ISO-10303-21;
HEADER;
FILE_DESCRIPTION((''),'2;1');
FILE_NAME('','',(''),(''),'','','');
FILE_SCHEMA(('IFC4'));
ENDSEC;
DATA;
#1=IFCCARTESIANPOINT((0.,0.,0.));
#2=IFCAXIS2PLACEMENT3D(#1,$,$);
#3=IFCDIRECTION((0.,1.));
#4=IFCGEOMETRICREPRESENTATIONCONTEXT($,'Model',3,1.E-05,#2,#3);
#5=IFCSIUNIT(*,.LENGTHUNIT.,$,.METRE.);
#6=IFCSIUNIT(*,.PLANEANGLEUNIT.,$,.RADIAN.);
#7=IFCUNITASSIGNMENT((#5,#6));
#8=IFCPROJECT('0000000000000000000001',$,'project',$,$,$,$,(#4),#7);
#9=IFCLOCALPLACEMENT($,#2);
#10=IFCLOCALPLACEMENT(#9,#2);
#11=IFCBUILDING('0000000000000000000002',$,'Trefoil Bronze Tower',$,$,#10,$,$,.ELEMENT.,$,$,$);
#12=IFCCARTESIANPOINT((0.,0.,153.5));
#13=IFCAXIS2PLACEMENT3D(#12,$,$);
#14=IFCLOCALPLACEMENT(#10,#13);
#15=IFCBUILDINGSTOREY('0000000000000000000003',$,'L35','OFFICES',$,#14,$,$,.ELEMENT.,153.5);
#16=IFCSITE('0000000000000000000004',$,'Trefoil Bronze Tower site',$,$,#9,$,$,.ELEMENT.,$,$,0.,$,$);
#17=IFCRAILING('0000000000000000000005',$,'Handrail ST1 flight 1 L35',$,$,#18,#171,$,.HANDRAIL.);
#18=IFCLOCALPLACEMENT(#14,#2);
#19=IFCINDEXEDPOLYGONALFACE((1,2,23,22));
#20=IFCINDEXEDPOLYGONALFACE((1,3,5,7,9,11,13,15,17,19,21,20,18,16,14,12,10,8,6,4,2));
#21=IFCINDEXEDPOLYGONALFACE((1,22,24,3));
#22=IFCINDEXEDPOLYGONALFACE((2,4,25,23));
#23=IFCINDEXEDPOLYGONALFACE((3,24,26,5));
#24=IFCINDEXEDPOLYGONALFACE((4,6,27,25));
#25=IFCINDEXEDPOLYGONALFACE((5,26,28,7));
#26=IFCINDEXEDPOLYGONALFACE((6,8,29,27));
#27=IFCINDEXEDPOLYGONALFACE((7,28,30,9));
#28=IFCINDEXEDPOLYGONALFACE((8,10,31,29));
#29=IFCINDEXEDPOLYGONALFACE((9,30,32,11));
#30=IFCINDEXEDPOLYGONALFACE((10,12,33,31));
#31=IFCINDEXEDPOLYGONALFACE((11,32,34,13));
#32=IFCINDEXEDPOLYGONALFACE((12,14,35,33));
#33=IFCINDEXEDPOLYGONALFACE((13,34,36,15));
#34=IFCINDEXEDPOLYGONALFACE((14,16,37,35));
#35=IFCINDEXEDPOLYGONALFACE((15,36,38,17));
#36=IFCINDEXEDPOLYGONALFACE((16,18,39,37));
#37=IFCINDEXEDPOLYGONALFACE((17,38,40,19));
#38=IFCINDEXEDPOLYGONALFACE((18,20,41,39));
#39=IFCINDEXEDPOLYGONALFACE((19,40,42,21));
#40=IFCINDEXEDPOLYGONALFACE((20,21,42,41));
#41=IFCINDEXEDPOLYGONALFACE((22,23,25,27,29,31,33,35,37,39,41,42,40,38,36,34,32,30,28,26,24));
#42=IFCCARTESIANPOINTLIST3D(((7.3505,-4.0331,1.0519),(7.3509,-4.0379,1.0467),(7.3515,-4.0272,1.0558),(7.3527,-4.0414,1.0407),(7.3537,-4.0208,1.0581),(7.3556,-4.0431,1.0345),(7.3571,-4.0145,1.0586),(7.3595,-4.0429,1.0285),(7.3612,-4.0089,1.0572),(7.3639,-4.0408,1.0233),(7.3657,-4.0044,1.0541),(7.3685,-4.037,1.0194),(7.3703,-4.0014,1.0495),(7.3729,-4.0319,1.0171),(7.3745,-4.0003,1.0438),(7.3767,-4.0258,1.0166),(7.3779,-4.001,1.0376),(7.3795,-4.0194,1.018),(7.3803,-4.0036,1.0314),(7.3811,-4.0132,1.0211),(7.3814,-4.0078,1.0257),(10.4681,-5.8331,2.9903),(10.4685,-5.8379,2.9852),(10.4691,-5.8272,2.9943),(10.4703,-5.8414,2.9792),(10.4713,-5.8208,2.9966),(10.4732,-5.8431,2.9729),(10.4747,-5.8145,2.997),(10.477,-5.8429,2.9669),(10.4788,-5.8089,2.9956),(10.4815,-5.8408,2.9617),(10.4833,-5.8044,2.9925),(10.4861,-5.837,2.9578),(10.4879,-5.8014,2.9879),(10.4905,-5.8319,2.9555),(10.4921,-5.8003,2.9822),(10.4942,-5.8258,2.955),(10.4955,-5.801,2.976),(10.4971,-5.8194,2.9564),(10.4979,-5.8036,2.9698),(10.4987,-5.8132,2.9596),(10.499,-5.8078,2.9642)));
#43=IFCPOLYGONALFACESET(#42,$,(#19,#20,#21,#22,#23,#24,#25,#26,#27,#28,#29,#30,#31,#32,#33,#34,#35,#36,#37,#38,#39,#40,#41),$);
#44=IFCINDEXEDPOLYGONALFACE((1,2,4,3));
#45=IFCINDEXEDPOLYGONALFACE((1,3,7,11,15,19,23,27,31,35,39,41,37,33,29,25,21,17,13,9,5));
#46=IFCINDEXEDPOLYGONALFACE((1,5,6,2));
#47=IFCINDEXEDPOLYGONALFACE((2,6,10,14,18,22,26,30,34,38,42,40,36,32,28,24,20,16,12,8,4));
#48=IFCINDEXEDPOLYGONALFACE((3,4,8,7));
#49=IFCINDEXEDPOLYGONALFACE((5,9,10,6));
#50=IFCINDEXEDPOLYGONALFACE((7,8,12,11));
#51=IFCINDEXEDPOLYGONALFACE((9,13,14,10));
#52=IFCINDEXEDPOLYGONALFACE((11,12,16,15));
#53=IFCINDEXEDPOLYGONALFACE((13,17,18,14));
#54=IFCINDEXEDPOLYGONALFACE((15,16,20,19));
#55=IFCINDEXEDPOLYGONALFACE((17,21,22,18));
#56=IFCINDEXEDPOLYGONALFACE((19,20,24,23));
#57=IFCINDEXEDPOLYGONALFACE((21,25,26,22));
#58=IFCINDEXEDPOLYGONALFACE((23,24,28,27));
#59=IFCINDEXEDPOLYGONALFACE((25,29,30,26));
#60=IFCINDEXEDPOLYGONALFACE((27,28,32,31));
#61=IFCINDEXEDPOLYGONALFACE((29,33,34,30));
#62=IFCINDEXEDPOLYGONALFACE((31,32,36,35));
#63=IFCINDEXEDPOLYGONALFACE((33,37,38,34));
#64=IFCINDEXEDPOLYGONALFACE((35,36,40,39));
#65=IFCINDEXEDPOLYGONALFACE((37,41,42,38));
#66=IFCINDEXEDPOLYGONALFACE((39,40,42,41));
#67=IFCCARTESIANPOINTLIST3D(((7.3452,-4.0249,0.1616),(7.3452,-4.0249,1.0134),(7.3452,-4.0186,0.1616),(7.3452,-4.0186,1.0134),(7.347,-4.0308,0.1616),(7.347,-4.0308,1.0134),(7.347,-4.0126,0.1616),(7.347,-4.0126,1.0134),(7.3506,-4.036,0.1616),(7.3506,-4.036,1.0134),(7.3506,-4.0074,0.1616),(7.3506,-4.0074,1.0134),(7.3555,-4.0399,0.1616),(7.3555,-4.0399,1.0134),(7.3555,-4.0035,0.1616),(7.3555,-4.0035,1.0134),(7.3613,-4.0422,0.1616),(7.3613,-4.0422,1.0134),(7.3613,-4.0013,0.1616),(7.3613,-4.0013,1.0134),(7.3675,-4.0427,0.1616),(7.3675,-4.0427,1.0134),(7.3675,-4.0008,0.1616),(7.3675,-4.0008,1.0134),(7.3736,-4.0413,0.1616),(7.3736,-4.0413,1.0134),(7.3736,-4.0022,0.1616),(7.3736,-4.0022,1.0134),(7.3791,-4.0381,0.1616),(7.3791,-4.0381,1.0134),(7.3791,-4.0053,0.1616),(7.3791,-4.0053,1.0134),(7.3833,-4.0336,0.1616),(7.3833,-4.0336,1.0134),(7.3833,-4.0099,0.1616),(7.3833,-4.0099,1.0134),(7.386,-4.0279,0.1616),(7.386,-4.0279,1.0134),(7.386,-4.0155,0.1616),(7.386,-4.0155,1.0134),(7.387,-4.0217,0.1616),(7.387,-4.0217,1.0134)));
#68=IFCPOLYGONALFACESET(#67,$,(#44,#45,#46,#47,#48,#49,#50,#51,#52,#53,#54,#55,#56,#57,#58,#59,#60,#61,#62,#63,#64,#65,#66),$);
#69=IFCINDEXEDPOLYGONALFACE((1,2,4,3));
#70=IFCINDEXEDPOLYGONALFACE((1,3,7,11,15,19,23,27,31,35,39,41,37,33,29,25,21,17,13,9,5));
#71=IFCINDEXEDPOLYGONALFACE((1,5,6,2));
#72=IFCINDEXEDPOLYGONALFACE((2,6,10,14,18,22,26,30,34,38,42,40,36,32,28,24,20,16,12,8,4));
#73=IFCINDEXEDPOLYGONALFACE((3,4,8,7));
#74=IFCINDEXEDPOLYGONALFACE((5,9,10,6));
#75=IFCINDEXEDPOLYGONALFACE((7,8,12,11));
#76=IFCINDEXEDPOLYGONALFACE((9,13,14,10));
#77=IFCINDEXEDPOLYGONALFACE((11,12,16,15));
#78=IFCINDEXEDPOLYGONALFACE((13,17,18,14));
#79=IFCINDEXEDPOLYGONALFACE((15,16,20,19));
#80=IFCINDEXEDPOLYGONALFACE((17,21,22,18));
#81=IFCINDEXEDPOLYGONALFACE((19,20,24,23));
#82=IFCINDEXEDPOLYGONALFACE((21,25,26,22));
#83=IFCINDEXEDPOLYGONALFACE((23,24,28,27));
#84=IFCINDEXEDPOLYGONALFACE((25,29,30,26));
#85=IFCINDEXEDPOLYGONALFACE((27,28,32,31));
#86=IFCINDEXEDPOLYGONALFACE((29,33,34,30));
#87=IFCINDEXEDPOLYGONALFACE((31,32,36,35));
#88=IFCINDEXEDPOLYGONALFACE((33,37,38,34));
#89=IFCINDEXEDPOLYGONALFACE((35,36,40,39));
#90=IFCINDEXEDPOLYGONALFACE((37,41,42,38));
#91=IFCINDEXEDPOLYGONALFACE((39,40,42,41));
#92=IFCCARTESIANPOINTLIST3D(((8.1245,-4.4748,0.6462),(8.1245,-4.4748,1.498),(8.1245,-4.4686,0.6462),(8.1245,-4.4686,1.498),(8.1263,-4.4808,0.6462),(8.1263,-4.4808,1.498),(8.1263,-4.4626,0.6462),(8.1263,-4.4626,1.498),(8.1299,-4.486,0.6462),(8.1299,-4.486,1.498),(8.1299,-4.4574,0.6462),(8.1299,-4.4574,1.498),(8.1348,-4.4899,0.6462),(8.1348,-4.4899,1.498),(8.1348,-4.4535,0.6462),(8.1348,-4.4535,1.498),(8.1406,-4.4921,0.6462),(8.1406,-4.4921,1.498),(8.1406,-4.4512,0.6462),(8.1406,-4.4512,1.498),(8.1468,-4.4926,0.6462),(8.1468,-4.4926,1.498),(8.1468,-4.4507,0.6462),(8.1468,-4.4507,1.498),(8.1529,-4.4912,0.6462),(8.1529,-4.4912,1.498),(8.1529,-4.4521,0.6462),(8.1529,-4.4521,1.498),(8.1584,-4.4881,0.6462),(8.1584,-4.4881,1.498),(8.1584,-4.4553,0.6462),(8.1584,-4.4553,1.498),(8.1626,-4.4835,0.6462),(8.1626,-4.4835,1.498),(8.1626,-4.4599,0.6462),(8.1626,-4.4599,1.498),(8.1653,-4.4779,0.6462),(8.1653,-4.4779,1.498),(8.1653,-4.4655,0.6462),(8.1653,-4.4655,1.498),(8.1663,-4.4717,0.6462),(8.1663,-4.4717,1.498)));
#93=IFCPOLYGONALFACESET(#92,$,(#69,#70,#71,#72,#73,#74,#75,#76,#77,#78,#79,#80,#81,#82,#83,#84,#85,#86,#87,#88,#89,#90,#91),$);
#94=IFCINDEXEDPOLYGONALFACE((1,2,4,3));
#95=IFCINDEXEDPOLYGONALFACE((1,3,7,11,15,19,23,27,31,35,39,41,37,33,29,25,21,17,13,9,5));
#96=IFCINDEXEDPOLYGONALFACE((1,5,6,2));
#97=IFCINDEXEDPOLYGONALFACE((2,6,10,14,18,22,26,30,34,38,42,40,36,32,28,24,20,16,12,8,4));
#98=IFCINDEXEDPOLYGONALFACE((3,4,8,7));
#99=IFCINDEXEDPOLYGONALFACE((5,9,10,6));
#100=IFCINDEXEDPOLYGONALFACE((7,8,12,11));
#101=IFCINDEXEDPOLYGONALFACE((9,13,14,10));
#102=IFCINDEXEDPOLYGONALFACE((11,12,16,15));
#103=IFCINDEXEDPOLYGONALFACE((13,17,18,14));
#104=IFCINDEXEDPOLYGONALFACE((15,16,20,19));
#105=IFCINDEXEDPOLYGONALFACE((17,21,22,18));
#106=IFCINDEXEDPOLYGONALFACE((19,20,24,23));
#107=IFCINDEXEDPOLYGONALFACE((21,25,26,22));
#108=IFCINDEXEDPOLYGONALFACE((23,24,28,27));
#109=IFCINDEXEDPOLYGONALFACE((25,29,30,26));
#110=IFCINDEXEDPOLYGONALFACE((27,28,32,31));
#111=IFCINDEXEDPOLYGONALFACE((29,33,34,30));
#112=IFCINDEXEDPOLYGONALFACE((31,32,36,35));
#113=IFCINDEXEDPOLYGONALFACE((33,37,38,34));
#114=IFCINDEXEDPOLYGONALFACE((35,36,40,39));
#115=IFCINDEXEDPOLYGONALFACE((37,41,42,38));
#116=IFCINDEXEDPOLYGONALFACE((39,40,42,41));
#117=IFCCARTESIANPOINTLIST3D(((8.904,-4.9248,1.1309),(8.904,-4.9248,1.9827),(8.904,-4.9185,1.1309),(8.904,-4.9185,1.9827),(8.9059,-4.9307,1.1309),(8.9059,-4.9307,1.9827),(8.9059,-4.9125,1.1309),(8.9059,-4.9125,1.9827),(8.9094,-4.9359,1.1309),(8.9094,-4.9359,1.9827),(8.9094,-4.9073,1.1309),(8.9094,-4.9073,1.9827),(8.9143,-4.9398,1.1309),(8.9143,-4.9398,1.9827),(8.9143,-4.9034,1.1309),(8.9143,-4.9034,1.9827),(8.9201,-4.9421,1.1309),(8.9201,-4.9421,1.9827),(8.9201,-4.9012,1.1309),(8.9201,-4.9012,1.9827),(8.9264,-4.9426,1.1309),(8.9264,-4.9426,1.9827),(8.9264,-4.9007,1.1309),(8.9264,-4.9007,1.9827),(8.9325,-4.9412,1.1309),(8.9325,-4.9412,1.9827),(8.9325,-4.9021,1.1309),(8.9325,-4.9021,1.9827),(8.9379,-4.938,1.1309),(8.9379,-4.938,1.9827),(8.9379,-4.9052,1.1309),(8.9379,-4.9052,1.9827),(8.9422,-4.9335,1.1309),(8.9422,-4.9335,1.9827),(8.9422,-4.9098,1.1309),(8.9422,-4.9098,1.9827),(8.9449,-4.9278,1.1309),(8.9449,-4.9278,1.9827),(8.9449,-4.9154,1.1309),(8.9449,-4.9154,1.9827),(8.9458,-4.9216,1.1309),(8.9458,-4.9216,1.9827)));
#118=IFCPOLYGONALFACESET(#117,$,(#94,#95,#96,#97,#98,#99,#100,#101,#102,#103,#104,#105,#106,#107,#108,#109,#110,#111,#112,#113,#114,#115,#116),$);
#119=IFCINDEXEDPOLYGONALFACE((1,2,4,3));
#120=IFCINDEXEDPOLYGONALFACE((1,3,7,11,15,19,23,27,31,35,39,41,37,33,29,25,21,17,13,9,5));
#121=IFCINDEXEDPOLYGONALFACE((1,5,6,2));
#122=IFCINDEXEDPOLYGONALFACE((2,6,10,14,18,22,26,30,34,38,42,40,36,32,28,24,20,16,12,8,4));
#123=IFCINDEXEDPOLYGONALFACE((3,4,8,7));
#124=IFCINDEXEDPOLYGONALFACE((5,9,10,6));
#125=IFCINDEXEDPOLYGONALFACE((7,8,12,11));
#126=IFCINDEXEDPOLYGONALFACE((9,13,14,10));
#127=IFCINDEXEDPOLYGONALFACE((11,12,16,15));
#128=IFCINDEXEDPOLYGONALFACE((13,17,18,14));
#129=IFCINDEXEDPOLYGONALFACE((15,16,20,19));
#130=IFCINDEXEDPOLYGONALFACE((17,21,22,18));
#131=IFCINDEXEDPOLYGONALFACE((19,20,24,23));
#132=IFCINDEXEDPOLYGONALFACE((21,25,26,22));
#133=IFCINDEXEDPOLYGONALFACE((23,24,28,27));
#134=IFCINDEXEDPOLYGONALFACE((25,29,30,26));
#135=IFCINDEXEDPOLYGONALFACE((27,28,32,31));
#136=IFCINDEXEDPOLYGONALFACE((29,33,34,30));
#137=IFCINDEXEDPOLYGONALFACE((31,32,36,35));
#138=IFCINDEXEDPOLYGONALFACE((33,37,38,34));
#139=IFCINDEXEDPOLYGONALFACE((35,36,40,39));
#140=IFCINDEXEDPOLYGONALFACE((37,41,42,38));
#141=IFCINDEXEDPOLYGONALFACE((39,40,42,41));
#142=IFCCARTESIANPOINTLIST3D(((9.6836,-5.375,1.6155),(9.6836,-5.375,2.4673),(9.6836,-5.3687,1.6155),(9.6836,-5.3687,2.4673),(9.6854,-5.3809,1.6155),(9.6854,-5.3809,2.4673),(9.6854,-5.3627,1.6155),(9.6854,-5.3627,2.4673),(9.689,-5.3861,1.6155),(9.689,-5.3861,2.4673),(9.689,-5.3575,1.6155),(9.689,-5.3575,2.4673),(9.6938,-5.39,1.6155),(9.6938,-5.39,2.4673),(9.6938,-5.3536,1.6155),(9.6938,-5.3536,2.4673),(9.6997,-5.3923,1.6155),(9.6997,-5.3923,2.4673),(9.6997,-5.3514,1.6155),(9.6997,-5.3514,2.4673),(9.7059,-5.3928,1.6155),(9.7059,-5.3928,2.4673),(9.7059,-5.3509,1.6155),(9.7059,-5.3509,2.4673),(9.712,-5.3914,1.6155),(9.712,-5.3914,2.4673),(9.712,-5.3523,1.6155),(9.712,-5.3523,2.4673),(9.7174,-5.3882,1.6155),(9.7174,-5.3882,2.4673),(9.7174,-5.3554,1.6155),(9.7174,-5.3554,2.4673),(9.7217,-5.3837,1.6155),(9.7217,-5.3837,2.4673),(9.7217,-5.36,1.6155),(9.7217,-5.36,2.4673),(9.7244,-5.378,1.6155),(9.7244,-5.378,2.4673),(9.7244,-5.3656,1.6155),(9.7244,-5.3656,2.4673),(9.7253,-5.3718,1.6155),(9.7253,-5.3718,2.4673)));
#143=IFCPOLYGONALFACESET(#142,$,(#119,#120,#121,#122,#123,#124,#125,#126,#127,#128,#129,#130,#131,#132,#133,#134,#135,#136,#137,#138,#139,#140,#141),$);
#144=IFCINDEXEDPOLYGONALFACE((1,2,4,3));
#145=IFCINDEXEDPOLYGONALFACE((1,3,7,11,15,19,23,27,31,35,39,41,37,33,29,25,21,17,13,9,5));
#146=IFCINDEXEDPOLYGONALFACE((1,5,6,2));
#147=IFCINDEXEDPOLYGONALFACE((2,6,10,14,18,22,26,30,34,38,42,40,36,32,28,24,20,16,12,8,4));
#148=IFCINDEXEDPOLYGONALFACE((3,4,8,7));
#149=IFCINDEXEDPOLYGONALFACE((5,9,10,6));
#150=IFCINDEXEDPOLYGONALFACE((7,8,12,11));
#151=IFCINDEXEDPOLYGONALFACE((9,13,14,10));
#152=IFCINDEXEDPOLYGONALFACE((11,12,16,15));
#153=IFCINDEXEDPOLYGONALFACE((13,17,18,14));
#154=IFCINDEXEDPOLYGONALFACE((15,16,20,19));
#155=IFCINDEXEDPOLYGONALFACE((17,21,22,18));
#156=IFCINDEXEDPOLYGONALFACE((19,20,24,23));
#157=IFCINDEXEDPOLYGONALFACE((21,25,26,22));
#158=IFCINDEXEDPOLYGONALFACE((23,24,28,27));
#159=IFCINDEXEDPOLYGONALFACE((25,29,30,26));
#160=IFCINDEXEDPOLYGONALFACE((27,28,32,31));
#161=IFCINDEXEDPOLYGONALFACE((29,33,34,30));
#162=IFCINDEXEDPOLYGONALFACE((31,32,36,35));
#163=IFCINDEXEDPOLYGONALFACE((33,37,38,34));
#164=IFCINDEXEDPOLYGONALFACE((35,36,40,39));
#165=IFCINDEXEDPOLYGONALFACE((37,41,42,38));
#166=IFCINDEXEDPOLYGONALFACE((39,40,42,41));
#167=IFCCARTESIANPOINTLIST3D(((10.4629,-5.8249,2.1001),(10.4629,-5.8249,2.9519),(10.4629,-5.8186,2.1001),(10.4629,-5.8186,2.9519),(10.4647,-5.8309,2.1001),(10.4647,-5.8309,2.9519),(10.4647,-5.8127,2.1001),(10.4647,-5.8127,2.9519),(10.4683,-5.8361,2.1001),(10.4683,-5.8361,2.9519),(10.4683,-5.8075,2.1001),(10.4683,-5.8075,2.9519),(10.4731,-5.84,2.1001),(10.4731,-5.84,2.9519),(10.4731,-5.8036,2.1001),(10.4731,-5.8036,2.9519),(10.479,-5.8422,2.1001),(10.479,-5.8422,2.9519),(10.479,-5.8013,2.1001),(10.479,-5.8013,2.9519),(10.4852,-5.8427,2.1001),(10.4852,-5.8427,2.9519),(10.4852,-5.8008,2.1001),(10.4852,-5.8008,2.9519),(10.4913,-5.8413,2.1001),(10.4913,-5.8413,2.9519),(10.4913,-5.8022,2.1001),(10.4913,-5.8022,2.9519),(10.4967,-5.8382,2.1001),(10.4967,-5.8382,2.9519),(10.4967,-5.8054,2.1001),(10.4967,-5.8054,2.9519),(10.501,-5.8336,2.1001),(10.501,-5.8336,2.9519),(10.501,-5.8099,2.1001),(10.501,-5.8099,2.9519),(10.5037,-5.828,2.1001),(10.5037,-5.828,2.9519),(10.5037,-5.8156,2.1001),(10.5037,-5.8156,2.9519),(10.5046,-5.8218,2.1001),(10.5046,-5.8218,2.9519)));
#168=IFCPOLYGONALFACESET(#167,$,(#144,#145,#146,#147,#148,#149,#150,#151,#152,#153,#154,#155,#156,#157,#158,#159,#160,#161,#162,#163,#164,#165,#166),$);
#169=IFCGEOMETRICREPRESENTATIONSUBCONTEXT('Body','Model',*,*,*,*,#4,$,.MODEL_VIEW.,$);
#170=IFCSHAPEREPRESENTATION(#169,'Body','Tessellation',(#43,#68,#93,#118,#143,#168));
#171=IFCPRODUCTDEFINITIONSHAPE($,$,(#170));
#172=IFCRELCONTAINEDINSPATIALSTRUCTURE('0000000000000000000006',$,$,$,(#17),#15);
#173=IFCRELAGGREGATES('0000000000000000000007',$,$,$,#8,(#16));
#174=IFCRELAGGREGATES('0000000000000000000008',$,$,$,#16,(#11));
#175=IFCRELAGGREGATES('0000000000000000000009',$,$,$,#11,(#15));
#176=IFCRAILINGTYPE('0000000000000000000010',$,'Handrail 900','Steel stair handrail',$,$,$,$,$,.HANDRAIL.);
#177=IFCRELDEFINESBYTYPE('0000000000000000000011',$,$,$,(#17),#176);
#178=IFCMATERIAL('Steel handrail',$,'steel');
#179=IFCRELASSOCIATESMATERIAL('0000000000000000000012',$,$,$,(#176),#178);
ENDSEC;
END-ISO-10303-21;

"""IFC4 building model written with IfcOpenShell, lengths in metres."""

from ifc_helpers import new_model, si_unit, direction, frame, origin, origin_2d, place, context, subcontext, project, spatial, circle, extrude, material, type_object, element, save


model = new_model("IFC4")

# Units and contexts
model_context = context("Model", 3, precision=1e-05, world=origin(), true_north=direction((0.0, 1.0)))
body_context = subcontext(model_context, "Body", "Model", "MODEL_VIEW")
ifc_project = project(units=[si_unit("LENGTHUNIT", "METRE"), si_unit("PLANEANGLEUNIT", "RADIAN")], contexts=[model_context])

# Site, building, storey
site_placement = place(None, origin())
site = spatial("IfcSite", under=ifc_project, at=site_placement, Name="Trefoil Bronze Tower site", CompositionType="ELEMENT", RefElevation=0.0)
building_placement = place(site_placement, origin())
building = spatial("IfcBuilding", under=site, at=building_placement, Name="Trefoil Bronze Tower", CompositionType="ELEMENT")
storey_placement = place(building_placement, frame((0.0, 0.0, 153.5)))
storey = spatial("IfcBuildingStorey", under=building, at=storey_placement, Name="L35", Description="OFFICES", CompositionType="ELEMENT", Elevation=153.5)

# Railing
ifc_material_1 = material(Name="Steel handrail", Category="steel")
railing_type = type_object("IfcRailingType", Name="Handrail 900", Description="Steel stair handrail", PredefinedType="HANDRAIL", material=ifc_material_1)
railing_1_placement = place(storey_placement, frame((7.366, -4.0217, 0.1616)))
element("IfcRailing", 1, at=railing_1_placement, inside=storey, type_object=railing_type, Name="Handrail ST1 flight 1 L35", PredefinedType="HANDRAIL", context=body_context, shape_type="SweptSolid", body=[
    extrude(circle(Radius=0.0239, at=origin_2d()), frame((0.0, 0.0, 0.876), z_axis=(0.762503, -0.440246, 0.474102), x_axis=(0.500012, 0.866018, 0.0)), (0.0, 0.0, 1.0), 4.0886),
    extrude(circle(Radius=0.021, at=origin_2d()), origin(), (0.0, 0.0, 1.0), 0.8518),
    extrude(circle(Radius=0.021, at=origin_2d()), frame((0.7793, -0.45, 0.4846)), (0.0, 0.0, 1.0), 0.8518),
    extrude(circle(Radius=0.021, at=origin_2d()), frame((1.5588, -0.8999, 0.9692)), (0.0, 0.0, 1.0), 0.8518),
    extrude(circle(Radius=0.021, at=origin_2d()), frame((2.3384, -1.3501, 1.4539)), (0.0, 0.0, 1.0), 0.8518),
    extrude(circle(Radius=0.021, at=origin_2d()), frame((3.1177, -1.8, 1.9385)), (0.0, 0.0, 1.0), 0.8518),
])

save(model, "model.ifc")
